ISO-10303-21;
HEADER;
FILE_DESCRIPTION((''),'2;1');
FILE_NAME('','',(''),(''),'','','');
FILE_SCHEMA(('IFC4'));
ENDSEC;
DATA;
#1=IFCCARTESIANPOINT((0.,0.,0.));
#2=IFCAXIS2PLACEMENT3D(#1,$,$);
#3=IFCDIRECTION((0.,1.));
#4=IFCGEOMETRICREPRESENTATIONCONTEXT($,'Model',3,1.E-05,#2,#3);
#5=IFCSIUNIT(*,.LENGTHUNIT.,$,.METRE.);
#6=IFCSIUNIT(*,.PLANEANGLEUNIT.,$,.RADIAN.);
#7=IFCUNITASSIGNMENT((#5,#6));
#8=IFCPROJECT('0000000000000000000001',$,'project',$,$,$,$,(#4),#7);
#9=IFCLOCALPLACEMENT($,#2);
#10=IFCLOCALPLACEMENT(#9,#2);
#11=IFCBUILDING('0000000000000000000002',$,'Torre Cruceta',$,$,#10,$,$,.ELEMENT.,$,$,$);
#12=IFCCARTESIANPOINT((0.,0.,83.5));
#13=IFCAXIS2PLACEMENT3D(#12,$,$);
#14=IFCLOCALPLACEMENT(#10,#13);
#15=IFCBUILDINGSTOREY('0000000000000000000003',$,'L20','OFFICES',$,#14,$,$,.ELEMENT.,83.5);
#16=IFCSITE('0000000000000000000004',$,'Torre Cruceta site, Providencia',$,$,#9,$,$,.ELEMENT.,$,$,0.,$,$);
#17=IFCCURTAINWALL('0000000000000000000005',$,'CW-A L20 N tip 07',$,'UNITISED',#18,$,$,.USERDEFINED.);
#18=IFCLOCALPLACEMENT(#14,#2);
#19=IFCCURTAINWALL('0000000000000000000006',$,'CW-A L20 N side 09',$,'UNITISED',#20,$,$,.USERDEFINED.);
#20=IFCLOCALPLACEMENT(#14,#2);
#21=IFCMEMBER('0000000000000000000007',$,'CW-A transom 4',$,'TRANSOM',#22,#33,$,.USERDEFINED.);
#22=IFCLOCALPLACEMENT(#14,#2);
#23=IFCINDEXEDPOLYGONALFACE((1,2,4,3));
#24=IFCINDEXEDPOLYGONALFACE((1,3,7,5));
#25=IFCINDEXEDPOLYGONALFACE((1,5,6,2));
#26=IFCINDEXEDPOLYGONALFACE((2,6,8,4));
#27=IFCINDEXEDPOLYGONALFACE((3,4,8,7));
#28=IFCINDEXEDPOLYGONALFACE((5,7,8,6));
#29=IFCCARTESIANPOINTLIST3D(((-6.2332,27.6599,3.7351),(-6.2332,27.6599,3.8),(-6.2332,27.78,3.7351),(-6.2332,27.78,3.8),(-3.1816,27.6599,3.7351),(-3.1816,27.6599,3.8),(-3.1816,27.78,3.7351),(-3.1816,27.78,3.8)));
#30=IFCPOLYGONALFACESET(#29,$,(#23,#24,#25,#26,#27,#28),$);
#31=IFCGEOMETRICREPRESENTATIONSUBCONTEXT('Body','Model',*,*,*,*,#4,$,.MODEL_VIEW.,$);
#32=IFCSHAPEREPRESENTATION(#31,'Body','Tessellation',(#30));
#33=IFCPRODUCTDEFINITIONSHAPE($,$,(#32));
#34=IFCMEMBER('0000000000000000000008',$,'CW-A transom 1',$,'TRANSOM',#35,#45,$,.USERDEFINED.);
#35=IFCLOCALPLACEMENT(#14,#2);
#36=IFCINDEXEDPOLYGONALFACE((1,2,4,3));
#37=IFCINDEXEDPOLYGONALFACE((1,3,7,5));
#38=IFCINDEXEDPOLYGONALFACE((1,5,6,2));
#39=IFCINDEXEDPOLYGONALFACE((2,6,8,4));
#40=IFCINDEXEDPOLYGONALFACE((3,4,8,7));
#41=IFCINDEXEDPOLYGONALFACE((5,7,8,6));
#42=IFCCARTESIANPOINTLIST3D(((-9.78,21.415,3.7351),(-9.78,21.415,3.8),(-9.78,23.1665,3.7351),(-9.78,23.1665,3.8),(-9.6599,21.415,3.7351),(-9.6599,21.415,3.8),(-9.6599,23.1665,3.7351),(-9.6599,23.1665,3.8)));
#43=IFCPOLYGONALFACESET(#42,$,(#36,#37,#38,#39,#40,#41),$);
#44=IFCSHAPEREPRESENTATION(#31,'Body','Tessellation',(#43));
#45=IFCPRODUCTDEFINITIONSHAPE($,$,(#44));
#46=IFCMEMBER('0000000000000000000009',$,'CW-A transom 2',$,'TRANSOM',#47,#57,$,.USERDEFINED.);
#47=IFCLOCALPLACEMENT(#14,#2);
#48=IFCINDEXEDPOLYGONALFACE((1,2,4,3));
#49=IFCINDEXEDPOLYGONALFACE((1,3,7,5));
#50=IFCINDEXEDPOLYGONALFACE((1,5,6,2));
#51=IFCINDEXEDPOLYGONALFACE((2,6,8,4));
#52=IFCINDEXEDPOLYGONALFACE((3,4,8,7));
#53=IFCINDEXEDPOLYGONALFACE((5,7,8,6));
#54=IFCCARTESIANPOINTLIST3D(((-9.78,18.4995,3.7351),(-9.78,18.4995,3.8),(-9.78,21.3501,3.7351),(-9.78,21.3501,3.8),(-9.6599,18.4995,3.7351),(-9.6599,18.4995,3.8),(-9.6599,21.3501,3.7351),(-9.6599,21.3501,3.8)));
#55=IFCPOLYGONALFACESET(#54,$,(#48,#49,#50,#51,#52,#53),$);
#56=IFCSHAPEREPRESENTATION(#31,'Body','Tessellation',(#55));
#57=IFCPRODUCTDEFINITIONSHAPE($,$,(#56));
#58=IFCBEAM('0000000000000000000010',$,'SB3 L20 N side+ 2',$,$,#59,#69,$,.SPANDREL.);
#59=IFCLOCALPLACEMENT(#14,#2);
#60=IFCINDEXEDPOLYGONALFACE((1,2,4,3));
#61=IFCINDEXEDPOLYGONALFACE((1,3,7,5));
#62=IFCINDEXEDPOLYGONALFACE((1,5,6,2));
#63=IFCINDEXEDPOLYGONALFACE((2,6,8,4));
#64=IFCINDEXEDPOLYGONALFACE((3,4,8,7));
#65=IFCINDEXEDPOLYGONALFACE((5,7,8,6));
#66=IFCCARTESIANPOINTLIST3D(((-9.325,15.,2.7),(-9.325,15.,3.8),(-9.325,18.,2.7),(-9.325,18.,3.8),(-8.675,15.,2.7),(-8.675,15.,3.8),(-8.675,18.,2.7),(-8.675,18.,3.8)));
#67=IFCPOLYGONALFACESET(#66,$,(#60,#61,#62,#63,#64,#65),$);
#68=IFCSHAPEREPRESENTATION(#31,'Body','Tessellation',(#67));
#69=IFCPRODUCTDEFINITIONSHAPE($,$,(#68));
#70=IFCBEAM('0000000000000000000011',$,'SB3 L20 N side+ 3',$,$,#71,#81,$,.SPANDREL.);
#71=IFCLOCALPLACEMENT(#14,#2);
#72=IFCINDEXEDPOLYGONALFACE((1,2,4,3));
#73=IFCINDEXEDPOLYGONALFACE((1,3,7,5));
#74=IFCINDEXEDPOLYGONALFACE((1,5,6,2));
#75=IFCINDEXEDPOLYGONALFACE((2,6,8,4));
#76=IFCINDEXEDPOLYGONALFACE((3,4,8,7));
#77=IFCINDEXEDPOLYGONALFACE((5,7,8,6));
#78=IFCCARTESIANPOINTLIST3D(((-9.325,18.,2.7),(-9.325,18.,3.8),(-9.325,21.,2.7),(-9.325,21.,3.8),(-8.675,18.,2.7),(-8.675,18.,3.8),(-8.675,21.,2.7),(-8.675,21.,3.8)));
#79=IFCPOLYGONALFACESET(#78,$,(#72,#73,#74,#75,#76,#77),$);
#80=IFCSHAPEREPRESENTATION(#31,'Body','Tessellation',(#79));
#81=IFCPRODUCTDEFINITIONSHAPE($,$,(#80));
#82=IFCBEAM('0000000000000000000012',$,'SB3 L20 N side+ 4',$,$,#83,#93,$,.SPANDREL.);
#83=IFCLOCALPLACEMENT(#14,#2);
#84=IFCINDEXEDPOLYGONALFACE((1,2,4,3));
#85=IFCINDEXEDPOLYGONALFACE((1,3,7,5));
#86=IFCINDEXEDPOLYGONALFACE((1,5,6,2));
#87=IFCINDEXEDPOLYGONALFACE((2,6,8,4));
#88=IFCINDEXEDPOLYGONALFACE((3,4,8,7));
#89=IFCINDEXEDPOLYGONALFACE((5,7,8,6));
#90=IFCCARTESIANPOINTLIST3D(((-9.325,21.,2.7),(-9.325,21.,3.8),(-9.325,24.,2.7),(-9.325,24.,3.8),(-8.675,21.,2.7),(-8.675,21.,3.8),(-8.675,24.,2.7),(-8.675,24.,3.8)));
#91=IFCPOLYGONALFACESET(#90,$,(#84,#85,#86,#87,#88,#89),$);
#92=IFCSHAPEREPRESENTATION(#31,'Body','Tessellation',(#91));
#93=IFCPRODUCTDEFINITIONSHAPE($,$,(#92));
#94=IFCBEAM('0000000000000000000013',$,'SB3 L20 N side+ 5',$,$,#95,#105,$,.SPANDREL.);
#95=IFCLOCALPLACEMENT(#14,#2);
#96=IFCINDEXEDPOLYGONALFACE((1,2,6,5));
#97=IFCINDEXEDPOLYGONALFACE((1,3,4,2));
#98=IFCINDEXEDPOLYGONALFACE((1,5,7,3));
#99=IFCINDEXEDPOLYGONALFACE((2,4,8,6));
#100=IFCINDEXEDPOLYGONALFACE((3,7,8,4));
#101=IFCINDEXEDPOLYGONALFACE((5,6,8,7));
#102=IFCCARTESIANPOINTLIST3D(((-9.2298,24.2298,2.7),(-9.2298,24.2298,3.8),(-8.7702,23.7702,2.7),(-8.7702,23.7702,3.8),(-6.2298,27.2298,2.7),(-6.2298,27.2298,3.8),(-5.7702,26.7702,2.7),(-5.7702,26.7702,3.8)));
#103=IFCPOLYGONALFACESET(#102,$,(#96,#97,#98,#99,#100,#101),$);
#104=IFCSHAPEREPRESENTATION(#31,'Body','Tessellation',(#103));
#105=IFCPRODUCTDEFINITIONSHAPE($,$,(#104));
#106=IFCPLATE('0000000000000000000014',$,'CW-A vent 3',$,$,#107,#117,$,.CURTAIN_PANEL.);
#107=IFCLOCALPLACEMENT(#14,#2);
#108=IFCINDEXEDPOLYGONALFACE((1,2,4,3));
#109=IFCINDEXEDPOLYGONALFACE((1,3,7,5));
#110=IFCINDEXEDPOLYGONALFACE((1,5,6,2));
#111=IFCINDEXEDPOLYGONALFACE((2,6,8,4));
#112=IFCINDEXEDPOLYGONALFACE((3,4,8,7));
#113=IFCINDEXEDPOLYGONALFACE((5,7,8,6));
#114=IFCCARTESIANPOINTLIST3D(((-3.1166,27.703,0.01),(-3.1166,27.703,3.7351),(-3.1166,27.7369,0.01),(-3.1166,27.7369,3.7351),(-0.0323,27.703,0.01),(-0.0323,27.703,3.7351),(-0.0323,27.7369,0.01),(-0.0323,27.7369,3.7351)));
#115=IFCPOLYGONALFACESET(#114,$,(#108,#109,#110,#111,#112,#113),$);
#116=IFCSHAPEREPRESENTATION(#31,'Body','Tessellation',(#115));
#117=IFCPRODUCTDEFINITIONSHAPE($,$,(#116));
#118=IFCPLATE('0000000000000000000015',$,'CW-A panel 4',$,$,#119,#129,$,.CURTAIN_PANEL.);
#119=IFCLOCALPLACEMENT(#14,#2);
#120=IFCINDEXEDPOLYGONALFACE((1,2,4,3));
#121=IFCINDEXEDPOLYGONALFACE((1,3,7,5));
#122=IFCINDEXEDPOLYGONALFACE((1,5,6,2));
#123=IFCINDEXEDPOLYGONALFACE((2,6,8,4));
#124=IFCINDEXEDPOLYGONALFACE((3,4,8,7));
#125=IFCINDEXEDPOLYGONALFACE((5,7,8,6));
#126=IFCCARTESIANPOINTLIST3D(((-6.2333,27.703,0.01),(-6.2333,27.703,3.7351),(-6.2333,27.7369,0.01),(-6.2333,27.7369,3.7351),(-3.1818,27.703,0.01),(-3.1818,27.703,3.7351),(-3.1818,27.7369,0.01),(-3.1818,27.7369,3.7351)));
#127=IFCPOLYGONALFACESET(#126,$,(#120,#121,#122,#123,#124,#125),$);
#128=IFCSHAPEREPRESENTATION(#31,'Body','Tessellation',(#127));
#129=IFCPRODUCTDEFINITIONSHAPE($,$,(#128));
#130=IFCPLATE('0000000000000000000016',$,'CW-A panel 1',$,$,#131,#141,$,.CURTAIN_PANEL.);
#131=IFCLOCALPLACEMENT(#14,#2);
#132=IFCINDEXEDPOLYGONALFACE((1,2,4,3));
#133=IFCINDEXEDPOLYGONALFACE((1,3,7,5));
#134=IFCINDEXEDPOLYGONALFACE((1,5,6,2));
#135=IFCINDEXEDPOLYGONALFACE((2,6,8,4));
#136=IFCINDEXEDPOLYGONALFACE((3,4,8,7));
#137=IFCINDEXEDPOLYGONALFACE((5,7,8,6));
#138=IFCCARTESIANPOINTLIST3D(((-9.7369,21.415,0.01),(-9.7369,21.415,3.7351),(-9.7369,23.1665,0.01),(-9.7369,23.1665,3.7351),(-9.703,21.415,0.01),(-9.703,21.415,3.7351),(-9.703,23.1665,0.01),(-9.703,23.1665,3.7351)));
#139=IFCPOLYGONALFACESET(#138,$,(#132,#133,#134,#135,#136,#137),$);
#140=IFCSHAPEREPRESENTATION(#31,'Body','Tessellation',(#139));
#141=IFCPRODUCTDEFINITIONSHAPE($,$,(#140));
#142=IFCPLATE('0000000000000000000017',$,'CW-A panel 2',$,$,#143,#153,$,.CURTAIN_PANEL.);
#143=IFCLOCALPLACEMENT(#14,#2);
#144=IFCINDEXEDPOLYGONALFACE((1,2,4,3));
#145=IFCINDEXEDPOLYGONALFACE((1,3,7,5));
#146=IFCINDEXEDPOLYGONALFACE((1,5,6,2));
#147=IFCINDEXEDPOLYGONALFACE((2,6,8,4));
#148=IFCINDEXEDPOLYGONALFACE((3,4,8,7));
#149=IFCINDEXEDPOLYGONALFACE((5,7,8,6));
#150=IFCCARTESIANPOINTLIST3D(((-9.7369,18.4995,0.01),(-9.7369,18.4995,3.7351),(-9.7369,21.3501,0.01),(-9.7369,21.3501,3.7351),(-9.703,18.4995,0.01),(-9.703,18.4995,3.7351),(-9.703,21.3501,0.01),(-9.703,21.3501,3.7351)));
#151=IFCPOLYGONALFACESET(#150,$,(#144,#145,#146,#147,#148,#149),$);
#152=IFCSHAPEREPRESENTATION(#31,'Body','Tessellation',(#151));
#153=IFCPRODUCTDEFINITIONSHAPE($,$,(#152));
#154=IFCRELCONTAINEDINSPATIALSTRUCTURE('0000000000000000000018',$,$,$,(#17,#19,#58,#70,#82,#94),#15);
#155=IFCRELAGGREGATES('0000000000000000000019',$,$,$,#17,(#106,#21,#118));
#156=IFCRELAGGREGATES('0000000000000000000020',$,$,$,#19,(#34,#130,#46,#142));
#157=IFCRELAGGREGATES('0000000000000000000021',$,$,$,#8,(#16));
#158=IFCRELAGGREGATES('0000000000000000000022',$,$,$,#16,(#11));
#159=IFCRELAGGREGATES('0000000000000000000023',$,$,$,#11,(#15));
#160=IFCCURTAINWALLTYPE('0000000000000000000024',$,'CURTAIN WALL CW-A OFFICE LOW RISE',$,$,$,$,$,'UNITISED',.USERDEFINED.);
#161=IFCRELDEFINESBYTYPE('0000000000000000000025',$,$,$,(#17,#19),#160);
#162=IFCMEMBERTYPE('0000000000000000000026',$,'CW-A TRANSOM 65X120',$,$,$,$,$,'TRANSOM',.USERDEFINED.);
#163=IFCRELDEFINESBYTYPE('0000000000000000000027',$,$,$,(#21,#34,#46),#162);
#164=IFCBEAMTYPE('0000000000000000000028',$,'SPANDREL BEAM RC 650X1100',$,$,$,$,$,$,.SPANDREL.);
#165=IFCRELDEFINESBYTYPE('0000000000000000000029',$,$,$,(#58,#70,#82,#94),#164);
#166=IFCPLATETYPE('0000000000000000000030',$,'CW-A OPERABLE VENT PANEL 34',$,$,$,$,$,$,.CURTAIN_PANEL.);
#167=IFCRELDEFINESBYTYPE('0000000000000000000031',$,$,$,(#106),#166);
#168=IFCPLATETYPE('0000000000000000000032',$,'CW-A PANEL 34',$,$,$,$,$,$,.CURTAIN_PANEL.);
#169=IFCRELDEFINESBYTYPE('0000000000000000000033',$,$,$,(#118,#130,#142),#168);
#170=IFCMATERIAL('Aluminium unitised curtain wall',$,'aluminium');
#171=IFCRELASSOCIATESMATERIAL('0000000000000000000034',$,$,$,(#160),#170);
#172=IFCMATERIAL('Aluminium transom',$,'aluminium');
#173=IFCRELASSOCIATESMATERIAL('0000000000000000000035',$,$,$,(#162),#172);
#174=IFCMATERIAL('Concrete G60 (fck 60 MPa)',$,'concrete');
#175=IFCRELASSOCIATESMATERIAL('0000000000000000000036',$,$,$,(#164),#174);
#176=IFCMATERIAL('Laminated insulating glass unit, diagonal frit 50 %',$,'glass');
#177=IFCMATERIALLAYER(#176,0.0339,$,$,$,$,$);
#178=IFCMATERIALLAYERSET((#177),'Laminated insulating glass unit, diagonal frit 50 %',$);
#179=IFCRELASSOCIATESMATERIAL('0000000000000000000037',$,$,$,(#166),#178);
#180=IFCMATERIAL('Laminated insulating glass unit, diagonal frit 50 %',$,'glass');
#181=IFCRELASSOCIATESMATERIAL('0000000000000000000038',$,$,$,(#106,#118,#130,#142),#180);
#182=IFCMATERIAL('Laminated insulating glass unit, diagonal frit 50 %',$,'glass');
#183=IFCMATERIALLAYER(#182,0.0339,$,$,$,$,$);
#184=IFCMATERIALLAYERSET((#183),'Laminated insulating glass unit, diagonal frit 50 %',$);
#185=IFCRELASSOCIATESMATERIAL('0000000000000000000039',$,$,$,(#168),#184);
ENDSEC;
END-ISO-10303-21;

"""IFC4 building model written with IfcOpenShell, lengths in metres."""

from ifc_helpers import new_model, si_unit, direction, frame, origin, origin_2d, place, context, subcontext, project, spatial, rectangle, extrude, material, layer, layer_set, material_profile, profile_set, type_object, element, aggregate, save


model = new_model("IFC4")

# Units and contexts
model_context = context("Model", 3, precision=1e-05, world=origin(), true_north=direction((0.0, 1.0)))
body_context = subcontext(model_context, "Body", "Model", "MODEL_VIEW")
ifc_project = project(units=[si_unit("LENGTHUNIT", "METRE"), si_unit("PLANEANGLEUNIT", "RADIAN")], contexts=[model_context])

# Site, building, storey
site_placement = place(None, origin())
site = spatial("IfcSite", under=ifc_project, at=site_placement, Name="Torre Cruceta site, Providencia", CompositionType="ELEMENT", RefElevation=0.0)
building_placement = place(site_placement, origin())
building = spatial("IfcBuilding", under=site, at=building_placement, Name="Torre Cruceta", CompositionType="ELEMENT")
storey_placement = place(building_placement, frame((0.0, 0.0, 83.5)))
storey = spatial("IfcBuildingStorey", under=building, at=storey_placement, Name="L20", Description="OFFICES", CompositionType="ELEMENT", Elevation=83.5)

# Curtain walls
ifc_material_1 = material(Name="Aluminium unitised curtain wall", Category="aluminium")
curtain_wall_type = type_object("IfcCurtainWallType", Name="CURTAIN WALL CW-A OFFICE LOW RISE", ElementType="UNITISED", PredefinedType="USERDEFINED", material=ifc_material_1)
curtain_wall_1_placement = place(storey_placement, origin())
curtain_wall_1 = element("IfcCurtainWall", 1, at=curtain_wall_1_placement, inside=storey, type_object=curtain_wall_type, Name="CW-A L20 N tip 07", ObjectType="UNITISED", PredefinedType="USERDEFINED")
curtain_wall_2_placement = place(storey_placement, origin())
curtain_wall_2 = element("IfcCurtainWall", 2, at=curtain_wall_2_placement, inside=storey, type_object=curtain_wall_type, Name="CW-A L20 N side 09", ObjectType="UNITISED", PredefinedType="USERDEFINED")

# Members
ifc_material_2 = material(Name="Aluminium transom", Category="aluminium")
ifc_material_profile_1 = material_profile(ifc_material_2, rectangle(XDim=0.1201, YDim=0.0649, at=origin_2d()), Name="AL 120X65")
ifc_profile_set_1 = profile_set([ifc_material_profile_1], Name="Aluminium transom")
member_type_1 = type_object("IfcMemberType", Name="CW-A TRANSOM 65X120", ElementType="TRANSOM", PredefinedType="USERDEFINED", material=ifc_profile_set_1)
member_1_placement = place(storey_placement, frame((-3.1816, 27.72, 3.7676), z_axis=(-1.0, 0.0, 0.0), x_axis=(0.0, -1.0, 0.0)))
member_1 = element("IfcMember", 3, at=member_1_placement, type_object=member_type_1, Name="CW-A transom 4", ObjectType="TRANSOM", PredefinedType="USERDEFINED", context=body_context, shape_type="SweptSolid", body=[
    extrude(rectangle(XDim=0.1201, YDim=0.0649, at=origin_2d()), origin(), (0.0, 0.0, 1.0), 3.0515),
])
member_2_placement = place(storey_placement, frame((-9.72, 23.1665, 3.7676), z_axis=(0.0, -1.0, 0.0), x_axis=(1.0, 0.0, 0.0)))
member_2 = element("IfcMember", 4, at=member_2_placement, type_object=member_type_1, Name="CW-A transom 1", ObjectType="TRANSOM", PredefinedType="USERDEFINED", context=body_context, shape_type="SweptSolid", body=[
    extrude(rectangle(XDim=0.1201, YDim=0.0649, at=origin_2d()), origin(), (0.0, 0.0, 1.0), 1.7515),
])
member_3_placement = place(storey_placement, frame((-9.72, 21.3501, 3.7676), z_axis=(0.0, -1.0, 0.0), x_axis=(1.0, 0.0, 0.0)))
member_3 = element("IfcMember", 5, at=member_3_placement, type_object=member_type_1, Name="CW-A transom 2", ObjectType="TRANSOM", PredefinedType="USERDEFINED", context=body_context, shape_type="SweptSolid", body=[
    extrude(rectangle(XDim=0.1201, YDim=0.0649, at=origin_2d()), origin(), (0.0, 0.0, 1.0), 2.8506),
])

# Beams
ifc_material_3 = material(Name="Concrete G60 (fck 60 MPa)", Category="concrete")
ifc_material_profile_2 = material_profile(ifc_material_3, rectangle(XDim=0.6499, YDim=1.1001, at=origin_2d()), Name="RC 650X1100")
ifc_profile_set_2 = profile_set([ifc_material_profile_2], Name="Concrete G60 (fck 60 MPa)")
beam_type_1 = type_object("IfcBeamType", Name="SPANDREL BEAM RC 650X1100", PredefinedType="SPANDREL", material=ifc_profile_set_2)
for number, where, z_axis, x_axis, name in (
    (6, (-9.0, 15.0, 3.25), (0.0, 1.0, 0.0), (-1.0, 0.0, 0.0), "SB3 L20 N side+ 2"),
    (7, (-9.0, 18.0, 3.25), (0.0, 1.0, 0.0), (-1.0, 0.0, 0.0), "SB3 L20 N side+ 3"),
    (8, (-9.0, 21.0, 3.25), (0.0, 1.0, 0.0), (-1.0, 0.0, 0.0), "SB3 L20 N side+ 4"),
):
    element("IfcBeam", number, at=place(storey_placement, frame(where, z_axis=z_axis, x_axis=x_axis)), inside=storey, type_object=beam_type_1, Name=name, PredefinedType="SPANDREL", context=body_context, shape_type="SweptSolid", body=[
        extrude(rectangle(XDim=0.6499, YDim=1.1001, at=origin_2d()), origin(), (0.0, 0.0, 1.0), 3.0),
    ])
beam_placement = place(storey_placement, frame((-9.0, 24.0, 3.25), z_axis=(0.707107, 0.707107, 0.0), x_axis=(-0.707107, 0.707107, 0.0)))
element("IfcBeam", 9, at=beam_placement, inside=storey, type_object=beam_type_1, Name="SB3 L20 N side+ 5", PredefinedType="SPANDREL", context=body_context, shape_type="SweptSolid", body=[
    extrude(rectangle(XDim=0.6499, YDim=1.1001, at=origin_2d()), origin(), (0.0, 0.0, 1.0), 4.2427),
])

# Plates
ifc_material_4 = material(Name="Laminated insulating glass unit, diagonal frit 50 %", Category="glass")
ifc_material_5 = material(Name="Laminated insulating glass unit, diagonal frit 50 %", Category="glass")
ifc_layer_1 = layer(ifc_material_5, 0.0339)
ifc_layer_set_1 = layer_set([ifc_layer_1], Name="Laminated insulating glass unit, diagonal frit 50 %")
plate_type_1 = type_object("IfcPlateType", Name="CW-A OPERABLE VENT PANEL 34", PredefinedType="CURTAIN_PANEL", material=ifc_layer_set_1)
plate_1_placement = place(storey_placement, frame((-1.5745, 27.72, 0.01), z_axis=(0.0, 0.0, 1.0), x_axis=(-1.0, 0.0, 0.0)))
plate_1 = element("IfcPlate", 10, at=plate_1_placement, type_object=plate_type_1, material=ifc_material_4, Name="CW-A vent 3", PredefinedType="CURTAIN_PANEL", context=body_context, shape_type="SweptSolid", body=[
    extrude(rectangle(XDim=3.0842, YDim=0.0339, at=origin_2d()), origin(), (0.0, 0.0, 1.0), 3.7251),
])
ifc_material_6 = material(Name="Laminated insulating glass unit, diagonal frit 50 %", Category="glass")
ifc_layer_2 = layer(ifc_material_6, 0.0339)
ifc_layer_set_2 = layer_set([ifc_layer_2], Name="Laminated insulating glass unit, diagonal frit 50 %")
plate_type_2 = type_object("IfcPlateType", Name="CW-A PANEL 34", PredefinedType="CURTAIN_PANEL", material=ifc_layer_set_2)
plate_2_placement = place(storey_placement, frame((-4.7075, 27.72, 0.01), z_axis=(0.0, 0.0, 1.0), x_axis=(-1.0, 0.0, 0.0)))
plate_2 = element("IfcPlate", 11, at=plate_2_placement, type_object=plate_type_2, material=ifc_material_4, Name="CW-A panel 4", PredefinedType="CURTAIN_PANEL", context=body_context, shape_type="SweptSolid", body=[
    extrude(rectangle(XDim=3.0515, YDim=0.0339, at=origin_2d()), origin(), (0.0, 0.0, 1.0), 3.7251),
])
aggregate(curtain_wall_1, [plate_1, member_1, plate_2])
plate_3_placement = place(storey_placement, frame((-9.72, 22.2908, 0.01), z_axis=(0.0, 0.0, 1.0), x_axis=(0.0, -1.0, 0.0)))
plate_3 = element("IfcPlate", 12, at=plate_3_placement, type_object=plate_type_2, material=ifc_material_4, Name="CW-A panel 1", PredefinedType="CURTAIN_PANEL", context=body_context, shape_type="SweptSolid", body=[
    extrude(rectangle(XDim=1.7515, YDim=0.0339, at=origin_2d()), origin(), (0.0, 0.0, 1.0), 3.7251),
])
plate_4_placement = place(storey_placement, frame((-9.72, 19.9248, 0.01), z_axis=(0.0, 0.0, 1.0), x_axis=(0.0, -1.0, 0.0)))
plate_4 = element("IfcPlate", 13, at=plate_4_placement, type_object=plate_type_2, material=ifc_material_4, Name="CW-A panel 2", PredefinedType="CURTAIN_PANEL", context=body_context, shape_type="SweptSolid", body=[
    extrude(rectangle(XDim=2.8506, YDim=0.0339, at=origin_2d()), origin(), (0.0, 0.0, 1.0), 3.7251),
])
aggregate(curtain_wall_2, [member_2, plate_3, member_3, plate_4])

save(model, "model.ifc")
